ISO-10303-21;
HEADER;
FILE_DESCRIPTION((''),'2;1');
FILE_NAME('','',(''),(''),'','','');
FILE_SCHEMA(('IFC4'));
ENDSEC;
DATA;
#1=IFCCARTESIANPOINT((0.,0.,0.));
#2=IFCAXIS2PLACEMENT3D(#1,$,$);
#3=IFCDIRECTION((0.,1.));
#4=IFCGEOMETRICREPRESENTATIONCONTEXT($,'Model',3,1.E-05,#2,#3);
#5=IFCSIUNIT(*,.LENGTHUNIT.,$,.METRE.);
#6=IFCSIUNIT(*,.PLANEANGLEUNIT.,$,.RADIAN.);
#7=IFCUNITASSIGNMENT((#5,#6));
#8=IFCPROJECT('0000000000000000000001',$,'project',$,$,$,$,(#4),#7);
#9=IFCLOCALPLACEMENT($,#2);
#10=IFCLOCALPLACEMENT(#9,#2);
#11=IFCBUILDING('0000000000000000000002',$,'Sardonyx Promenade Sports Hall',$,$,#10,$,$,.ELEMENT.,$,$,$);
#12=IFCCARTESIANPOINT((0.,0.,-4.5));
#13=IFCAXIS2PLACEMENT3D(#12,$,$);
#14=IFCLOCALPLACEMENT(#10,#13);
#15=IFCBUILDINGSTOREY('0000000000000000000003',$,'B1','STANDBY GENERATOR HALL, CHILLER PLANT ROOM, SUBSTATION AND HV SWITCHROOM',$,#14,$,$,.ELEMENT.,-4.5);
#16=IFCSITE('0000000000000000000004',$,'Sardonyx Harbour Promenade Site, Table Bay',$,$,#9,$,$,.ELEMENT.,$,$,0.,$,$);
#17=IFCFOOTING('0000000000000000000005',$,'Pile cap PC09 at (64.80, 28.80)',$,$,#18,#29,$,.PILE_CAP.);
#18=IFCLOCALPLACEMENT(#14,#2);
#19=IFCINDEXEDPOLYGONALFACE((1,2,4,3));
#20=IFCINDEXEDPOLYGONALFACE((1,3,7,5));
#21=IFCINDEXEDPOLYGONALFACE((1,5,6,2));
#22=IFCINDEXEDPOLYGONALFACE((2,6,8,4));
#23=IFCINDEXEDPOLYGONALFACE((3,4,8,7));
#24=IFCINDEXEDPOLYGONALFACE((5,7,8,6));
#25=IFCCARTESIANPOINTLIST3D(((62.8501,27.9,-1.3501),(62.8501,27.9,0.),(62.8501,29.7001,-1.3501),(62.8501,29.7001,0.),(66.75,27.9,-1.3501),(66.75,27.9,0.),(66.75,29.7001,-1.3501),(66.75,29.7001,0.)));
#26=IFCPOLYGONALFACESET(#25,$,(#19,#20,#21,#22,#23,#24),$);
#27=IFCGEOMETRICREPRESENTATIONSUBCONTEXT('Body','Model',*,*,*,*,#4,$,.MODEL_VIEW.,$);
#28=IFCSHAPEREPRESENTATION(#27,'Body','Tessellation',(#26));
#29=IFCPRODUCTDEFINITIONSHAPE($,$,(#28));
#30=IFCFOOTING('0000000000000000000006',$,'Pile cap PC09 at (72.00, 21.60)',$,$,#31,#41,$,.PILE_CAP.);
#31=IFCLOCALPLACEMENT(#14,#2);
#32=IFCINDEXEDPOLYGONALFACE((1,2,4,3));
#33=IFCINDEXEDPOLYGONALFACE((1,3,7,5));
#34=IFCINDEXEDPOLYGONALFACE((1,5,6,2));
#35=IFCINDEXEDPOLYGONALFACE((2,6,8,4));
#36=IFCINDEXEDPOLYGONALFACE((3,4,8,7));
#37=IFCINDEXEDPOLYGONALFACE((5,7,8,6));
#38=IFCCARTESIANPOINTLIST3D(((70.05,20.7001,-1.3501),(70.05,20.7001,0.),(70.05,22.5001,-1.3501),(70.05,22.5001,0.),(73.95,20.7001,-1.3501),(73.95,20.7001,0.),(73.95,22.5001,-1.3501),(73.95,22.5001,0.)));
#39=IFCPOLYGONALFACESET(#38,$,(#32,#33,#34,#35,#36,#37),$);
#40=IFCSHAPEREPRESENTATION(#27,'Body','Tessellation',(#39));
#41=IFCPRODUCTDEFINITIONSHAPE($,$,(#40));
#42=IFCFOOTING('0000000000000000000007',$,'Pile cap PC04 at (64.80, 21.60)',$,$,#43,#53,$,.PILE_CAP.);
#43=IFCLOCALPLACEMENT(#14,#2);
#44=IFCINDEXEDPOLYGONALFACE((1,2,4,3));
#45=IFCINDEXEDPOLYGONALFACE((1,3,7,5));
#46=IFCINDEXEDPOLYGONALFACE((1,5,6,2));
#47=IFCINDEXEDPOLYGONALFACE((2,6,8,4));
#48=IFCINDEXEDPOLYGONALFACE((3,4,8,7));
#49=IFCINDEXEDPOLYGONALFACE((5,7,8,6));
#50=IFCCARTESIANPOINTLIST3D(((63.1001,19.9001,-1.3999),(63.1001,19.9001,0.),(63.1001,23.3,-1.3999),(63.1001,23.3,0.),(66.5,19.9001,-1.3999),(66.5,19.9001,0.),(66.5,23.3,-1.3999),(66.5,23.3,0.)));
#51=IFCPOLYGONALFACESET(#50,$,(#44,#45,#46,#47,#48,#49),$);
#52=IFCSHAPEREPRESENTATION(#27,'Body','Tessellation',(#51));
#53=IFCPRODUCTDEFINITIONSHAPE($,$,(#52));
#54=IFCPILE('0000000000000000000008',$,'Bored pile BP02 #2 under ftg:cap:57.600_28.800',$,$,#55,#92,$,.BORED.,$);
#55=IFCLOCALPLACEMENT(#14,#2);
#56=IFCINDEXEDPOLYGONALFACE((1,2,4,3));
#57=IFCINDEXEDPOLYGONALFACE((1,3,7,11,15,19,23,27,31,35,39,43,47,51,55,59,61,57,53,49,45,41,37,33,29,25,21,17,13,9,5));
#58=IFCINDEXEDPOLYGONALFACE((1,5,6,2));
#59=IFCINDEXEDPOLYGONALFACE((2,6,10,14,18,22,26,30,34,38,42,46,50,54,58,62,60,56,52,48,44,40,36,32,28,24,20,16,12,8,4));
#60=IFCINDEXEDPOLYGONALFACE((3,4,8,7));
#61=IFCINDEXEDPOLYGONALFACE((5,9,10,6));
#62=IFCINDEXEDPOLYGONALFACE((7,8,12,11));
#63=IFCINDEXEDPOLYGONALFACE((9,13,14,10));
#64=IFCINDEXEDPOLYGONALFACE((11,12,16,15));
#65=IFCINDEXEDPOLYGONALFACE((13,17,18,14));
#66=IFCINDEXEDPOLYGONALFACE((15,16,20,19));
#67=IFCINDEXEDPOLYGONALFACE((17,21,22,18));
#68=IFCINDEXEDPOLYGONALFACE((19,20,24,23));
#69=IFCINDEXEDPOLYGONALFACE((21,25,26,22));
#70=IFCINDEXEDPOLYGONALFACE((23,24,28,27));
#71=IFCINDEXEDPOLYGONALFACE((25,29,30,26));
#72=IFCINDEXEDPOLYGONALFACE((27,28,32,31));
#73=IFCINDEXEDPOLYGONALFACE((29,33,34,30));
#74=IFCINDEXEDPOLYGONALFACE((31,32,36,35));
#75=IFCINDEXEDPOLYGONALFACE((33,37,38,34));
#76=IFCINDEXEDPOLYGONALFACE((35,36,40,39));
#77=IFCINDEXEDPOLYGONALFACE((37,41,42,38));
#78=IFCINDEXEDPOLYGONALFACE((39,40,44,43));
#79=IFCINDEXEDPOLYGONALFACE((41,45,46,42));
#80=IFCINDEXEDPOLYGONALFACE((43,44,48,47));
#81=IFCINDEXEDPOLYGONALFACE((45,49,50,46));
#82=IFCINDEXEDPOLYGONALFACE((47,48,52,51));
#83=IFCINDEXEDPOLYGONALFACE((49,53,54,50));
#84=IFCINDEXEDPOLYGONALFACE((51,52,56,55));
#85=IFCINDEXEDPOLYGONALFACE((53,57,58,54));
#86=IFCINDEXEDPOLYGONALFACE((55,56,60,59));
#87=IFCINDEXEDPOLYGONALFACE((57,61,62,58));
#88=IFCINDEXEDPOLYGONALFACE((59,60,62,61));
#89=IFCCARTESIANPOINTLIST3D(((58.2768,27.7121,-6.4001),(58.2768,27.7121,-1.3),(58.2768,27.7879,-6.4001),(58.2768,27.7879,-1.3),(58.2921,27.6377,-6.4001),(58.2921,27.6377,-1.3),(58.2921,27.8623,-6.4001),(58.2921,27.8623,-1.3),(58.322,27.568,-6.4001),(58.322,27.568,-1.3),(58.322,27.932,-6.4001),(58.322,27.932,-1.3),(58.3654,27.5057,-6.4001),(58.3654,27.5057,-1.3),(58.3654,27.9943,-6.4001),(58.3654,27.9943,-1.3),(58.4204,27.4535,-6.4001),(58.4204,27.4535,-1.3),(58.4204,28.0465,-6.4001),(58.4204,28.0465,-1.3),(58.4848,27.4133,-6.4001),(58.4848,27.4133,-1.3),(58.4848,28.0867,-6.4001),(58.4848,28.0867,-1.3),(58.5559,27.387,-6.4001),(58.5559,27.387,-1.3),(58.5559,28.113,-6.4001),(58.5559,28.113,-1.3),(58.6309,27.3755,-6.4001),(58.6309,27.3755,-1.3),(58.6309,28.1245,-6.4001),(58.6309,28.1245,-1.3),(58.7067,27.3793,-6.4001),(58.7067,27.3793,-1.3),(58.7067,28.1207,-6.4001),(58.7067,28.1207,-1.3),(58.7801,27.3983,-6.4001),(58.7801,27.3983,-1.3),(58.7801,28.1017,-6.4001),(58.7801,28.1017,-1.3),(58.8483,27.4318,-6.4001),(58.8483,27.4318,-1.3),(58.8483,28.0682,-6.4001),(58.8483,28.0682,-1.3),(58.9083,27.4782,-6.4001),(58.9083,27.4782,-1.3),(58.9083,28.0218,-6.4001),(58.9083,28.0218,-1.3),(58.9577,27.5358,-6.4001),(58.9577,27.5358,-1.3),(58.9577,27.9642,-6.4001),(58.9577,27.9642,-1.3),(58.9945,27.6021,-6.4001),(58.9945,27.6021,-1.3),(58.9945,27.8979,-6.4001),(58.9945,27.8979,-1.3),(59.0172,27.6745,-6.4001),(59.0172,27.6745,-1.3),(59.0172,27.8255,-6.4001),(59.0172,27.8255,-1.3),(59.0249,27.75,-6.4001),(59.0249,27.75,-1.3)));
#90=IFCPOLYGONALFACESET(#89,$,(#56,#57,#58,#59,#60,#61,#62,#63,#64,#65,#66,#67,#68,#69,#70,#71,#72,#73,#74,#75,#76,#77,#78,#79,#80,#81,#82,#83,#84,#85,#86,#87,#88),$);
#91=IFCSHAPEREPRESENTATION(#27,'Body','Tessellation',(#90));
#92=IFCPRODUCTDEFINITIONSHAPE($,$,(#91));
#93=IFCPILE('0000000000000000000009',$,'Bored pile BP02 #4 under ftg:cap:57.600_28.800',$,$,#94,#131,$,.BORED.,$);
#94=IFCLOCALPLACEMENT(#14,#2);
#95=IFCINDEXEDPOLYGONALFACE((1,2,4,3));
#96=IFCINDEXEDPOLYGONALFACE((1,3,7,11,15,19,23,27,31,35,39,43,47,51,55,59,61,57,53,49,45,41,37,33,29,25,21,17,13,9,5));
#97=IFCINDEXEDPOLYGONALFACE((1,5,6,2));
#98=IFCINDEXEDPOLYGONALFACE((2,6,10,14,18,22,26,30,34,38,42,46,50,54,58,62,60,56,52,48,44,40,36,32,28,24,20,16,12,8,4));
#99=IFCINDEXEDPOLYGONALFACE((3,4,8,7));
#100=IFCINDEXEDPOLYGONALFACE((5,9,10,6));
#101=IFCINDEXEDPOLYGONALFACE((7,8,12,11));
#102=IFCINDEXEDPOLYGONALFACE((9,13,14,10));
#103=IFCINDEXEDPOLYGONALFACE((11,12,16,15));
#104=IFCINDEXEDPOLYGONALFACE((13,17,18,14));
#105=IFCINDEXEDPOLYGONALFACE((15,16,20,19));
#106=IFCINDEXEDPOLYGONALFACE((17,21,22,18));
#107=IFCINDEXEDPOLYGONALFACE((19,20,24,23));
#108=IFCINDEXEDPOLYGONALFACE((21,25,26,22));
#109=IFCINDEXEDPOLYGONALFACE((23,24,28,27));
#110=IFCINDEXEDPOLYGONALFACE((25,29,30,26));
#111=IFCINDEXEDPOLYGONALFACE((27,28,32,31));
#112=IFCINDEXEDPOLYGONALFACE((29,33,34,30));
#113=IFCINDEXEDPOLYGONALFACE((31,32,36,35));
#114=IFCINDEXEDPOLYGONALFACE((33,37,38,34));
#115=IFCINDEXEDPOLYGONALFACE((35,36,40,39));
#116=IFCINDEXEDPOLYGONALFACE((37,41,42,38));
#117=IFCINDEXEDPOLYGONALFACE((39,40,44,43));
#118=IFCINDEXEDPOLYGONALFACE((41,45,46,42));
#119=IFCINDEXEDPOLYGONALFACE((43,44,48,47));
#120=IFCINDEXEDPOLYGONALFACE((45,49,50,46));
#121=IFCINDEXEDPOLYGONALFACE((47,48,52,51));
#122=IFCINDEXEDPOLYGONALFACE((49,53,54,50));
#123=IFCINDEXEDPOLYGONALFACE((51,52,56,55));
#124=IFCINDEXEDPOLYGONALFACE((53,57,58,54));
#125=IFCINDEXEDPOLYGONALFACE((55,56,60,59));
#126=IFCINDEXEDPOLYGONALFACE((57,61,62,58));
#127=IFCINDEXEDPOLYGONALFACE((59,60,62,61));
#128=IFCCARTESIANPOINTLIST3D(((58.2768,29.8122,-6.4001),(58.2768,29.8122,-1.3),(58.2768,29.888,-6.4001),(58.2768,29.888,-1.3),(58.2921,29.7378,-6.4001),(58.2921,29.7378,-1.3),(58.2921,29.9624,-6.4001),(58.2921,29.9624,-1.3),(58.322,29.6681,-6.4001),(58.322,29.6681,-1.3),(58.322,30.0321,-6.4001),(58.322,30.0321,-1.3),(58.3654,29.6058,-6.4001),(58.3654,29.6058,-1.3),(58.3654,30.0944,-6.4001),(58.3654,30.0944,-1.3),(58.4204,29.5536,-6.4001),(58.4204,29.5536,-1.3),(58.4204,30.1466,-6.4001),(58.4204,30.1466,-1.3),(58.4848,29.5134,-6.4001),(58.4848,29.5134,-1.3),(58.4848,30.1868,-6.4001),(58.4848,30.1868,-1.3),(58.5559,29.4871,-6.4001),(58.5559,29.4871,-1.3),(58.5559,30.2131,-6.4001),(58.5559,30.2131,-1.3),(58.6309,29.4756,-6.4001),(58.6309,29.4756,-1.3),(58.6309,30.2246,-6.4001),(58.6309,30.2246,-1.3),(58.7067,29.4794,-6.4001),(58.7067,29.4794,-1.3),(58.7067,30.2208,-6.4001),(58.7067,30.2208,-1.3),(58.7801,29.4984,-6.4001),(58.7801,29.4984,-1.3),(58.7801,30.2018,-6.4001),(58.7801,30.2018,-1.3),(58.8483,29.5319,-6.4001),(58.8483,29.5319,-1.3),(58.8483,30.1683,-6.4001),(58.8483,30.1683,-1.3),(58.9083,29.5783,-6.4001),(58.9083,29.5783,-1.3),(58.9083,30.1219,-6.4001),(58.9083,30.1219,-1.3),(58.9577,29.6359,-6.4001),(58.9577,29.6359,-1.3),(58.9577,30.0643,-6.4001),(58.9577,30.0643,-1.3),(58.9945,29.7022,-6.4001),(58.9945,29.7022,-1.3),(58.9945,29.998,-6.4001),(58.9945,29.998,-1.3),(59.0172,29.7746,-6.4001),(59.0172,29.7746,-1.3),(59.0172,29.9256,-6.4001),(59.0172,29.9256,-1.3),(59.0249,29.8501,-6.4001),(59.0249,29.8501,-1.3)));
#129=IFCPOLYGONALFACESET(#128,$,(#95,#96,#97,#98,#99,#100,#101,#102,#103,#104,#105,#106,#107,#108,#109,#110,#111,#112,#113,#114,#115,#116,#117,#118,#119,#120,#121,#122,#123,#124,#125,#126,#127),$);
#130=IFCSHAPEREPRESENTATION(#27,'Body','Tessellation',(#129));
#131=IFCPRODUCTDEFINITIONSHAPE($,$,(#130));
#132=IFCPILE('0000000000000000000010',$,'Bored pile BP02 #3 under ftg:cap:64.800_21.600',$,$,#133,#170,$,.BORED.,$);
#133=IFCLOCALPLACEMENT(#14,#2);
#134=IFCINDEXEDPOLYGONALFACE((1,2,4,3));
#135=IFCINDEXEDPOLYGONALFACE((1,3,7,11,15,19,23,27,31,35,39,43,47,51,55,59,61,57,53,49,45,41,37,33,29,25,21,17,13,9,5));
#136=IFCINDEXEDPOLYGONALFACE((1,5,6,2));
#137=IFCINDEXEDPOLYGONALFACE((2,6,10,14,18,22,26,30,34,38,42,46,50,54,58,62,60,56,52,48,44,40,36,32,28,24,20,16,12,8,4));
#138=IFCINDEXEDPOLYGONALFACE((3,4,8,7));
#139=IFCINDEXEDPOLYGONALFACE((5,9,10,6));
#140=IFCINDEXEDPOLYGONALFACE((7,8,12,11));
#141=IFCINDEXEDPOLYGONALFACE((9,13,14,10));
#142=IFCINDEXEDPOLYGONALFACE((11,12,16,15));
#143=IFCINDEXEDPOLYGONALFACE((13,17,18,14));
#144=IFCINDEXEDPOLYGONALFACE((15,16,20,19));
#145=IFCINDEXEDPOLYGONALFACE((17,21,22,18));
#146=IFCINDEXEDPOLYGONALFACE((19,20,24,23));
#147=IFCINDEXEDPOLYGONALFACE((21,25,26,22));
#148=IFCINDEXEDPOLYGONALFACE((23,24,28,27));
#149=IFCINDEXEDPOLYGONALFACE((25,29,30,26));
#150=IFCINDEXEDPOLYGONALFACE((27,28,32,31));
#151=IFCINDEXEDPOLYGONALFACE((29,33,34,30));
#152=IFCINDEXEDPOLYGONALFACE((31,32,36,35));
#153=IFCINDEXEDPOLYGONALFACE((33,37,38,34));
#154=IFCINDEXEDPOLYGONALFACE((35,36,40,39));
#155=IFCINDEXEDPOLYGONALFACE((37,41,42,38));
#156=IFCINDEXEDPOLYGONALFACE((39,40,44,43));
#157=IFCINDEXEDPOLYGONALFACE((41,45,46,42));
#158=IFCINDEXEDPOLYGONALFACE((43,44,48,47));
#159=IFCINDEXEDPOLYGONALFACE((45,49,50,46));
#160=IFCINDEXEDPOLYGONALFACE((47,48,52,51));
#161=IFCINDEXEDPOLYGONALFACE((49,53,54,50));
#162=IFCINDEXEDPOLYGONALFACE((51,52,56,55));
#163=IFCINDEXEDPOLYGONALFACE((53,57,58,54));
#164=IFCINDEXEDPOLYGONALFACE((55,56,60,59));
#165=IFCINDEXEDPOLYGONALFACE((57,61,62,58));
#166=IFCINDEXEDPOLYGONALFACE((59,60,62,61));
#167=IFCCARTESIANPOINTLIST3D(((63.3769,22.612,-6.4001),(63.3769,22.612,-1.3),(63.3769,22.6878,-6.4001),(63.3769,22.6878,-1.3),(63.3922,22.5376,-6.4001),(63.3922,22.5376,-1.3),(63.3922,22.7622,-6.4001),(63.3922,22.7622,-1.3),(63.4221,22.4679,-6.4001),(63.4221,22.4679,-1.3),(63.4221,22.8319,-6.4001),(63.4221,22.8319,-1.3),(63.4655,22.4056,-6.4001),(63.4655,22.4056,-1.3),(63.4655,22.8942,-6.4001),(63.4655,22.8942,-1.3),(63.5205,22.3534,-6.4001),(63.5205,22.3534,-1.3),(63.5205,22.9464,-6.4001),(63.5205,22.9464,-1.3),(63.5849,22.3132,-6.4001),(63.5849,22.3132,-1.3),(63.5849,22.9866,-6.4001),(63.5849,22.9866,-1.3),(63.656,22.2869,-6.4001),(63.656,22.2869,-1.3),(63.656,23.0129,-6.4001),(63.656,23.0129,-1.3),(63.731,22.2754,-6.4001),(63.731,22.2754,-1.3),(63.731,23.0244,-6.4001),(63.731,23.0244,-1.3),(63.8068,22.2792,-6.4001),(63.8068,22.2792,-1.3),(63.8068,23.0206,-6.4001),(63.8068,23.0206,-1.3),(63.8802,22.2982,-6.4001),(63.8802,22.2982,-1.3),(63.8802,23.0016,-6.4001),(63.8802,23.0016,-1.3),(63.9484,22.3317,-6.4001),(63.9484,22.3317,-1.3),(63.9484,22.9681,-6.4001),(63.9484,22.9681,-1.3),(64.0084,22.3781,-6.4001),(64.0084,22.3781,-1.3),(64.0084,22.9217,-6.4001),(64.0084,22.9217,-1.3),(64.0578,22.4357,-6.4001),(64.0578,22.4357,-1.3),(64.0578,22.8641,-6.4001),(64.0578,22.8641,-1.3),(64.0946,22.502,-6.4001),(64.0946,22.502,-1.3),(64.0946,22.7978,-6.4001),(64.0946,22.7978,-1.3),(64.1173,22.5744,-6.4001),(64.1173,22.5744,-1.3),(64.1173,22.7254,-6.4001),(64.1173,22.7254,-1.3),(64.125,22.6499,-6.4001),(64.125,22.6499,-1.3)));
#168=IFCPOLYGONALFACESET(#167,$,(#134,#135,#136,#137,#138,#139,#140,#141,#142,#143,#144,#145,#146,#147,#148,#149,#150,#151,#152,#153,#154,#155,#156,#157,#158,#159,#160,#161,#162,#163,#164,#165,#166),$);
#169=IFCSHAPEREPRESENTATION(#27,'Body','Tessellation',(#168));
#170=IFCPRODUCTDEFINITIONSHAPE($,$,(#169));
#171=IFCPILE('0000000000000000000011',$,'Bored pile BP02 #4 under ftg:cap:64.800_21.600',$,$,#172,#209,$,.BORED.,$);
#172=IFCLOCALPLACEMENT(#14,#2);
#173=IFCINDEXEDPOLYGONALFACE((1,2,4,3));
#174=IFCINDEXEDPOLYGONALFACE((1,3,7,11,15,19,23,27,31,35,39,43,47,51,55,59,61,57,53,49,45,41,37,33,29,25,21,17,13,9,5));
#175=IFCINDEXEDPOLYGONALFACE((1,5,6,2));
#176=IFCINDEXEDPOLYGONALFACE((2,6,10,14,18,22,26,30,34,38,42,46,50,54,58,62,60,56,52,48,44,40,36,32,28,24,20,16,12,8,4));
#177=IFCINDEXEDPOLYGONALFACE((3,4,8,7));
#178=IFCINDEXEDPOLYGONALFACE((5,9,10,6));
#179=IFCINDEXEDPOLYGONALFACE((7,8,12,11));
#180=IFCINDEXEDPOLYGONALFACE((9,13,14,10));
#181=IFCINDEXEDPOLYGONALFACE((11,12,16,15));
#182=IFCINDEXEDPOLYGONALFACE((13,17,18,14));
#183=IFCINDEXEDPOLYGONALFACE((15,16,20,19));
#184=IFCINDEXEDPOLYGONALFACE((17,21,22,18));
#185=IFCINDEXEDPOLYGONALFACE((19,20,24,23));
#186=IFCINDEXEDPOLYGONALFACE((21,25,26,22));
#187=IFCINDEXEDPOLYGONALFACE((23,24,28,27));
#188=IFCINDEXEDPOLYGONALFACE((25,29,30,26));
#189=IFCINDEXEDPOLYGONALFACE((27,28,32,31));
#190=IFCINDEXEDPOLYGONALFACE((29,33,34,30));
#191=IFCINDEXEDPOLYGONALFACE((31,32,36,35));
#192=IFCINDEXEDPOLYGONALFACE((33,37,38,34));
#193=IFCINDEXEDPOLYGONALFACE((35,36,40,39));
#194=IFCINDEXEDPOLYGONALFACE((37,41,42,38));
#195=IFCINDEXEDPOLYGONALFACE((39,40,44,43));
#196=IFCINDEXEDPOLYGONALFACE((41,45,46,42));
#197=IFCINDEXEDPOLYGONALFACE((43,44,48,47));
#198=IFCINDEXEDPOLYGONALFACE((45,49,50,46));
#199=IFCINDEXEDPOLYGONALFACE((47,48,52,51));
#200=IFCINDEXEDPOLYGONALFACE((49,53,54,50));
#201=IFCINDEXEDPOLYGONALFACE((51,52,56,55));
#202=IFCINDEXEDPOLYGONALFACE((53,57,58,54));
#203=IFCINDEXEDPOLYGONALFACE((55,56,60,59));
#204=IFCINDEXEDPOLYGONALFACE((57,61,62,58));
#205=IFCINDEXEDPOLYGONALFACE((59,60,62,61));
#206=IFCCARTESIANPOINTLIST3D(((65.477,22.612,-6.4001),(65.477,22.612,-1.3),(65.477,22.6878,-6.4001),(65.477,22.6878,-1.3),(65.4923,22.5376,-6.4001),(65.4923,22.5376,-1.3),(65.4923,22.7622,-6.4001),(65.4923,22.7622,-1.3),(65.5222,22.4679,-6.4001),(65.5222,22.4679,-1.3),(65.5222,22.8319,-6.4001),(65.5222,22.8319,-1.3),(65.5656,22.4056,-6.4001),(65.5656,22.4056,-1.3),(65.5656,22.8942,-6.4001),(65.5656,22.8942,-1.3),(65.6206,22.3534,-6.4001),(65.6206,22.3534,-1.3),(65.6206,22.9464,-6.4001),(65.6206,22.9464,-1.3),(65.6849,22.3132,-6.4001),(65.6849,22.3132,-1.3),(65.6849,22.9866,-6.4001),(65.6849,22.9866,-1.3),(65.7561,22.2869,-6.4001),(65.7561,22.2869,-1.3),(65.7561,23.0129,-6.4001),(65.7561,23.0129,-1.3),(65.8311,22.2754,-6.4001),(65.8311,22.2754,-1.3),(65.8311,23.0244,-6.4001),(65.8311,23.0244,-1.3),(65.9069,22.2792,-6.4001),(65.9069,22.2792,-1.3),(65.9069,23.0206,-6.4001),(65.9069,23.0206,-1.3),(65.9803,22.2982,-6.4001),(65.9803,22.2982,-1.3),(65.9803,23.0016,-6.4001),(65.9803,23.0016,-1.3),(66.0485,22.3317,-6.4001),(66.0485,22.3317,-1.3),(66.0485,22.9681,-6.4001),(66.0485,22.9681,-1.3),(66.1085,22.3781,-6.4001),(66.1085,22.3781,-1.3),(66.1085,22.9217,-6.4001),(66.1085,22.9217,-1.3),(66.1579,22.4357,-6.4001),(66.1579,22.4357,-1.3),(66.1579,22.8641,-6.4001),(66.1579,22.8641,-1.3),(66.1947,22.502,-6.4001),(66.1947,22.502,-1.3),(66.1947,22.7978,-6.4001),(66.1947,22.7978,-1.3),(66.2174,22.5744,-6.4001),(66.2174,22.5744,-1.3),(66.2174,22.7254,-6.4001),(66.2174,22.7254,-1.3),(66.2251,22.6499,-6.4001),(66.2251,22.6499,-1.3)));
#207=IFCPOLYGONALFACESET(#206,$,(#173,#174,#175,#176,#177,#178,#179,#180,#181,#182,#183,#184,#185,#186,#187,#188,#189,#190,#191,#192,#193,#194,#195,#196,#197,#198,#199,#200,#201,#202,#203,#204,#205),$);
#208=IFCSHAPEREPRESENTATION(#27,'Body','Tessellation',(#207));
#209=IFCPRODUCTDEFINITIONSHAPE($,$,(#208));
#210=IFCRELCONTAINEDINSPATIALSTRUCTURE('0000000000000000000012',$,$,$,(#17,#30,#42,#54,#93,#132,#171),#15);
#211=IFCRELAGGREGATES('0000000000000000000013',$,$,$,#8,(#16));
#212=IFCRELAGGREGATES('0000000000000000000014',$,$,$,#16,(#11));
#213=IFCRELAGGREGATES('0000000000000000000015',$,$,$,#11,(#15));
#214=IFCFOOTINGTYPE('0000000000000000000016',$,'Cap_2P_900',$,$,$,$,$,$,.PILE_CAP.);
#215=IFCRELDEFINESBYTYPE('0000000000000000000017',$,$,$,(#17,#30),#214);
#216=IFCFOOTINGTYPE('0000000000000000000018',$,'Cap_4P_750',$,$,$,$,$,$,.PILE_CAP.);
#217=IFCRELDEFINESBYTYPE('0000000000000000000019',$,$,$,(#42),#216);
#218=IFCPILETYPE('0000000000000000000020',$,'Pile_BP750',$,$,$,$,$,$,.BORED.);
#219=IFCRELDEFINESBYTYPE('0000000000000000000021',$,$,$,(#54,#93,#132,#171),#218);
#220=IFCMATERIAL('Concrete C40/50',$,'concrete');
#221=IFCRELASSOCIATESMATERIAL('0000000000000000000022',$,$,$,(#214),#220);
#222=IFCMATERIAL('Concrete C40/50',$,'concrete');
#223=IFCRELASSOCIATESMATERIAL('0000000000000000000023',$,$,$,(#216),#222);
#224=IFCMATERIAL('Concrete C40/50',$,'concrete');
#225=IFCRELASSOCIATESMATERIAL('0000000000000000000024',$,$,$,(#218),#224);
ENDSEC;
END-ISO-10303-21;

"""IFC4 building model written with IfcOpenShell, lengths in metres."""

from ifc_helpers import new_model, si_unit, direction, frame, origin, origin_2d, place, context, subcontext, project, spatial, rectangle, circle, extrude, material, material_profile, profile_set, type_object, element, save


model = new_model("IFC4")

# Units and contexts
model_context = context("Model", 3, precision=1e-05, world=origin(), true_north=direction((0.0, 1.0)))
body_context = subcontext(model_context, "Body", "Model", "MODEL_VIEW")
ifc_project = project(units=[si_unit("LENGTHUNIT", "METRE"), si_unit("PLANEANGLEUNIT", "RADIAN")], contexts=[model_context])

# Site, building, storey
site_placement = place(None, origin())
site = spatial("IfcSite", under=ifc_project, at=site_placement, Name="Sardonyx Harbour Promenade Site, Table Bay", CompositionType="ELEMENT", RefElevation=0.0)
building_placement = place(site_placement, origin())
building = spatial("IfcBuilding", under=site, at=building_placement, Name="Sardonyx Promenade Sports Hall", CompositionType="ELEMENT")
storey_placement = place(building_placement, frame((0.0, 0.0, -4.5)))
storey = spatial("IfcBuildingStorey", under=building, at=storey_placement, Name="B1", Description="STANDBY GENERATOR HALL, CHILLER PLANT ROOM, SUBSTATION AND HV SWITCHROOM", CompositionType="ELEMENT", Elevation=-4.5)

# Footings
ifc_material_1 = material(Name="Concrete C40/50", Category="concrete")
footing_type_1 = type_object("IfcFootingType", Name="Cap_2P_900", PredefinedType="PILE_CAP", material=ifc_material_1)
for number, where, z_axis, x_axis, name in (
    (1, (64.8, 28.8, -1.3501), (0.0, 0.0, 1.0), (1.0, 0.0, 0.0), "Pile cap PC09 at (64.80, 28.80)"),
    (2, (72.0, 21.6001, -1.3501), (0.0, 0.0, 1.0), (1.0, 0.0, 0.0), "Pile cap PC09 at (72.00, 21.60)"),
):
    element("IfcFooting", number, at=place(storey_placement, frame(where, z_axis=z_axis, x_axis=x_axis)), inside=storey, type_object=footing_type_1, Name=name, PredefinedType="PILE_CAP", context=body_context, shape_type="SweptSolid", body=[
        extrude(rectangle(XDim=3.8999, YDim=1.8, at=origin_2d()), origin(), (0.0, 0.0, 1.0), 1.3501),
    ])
ifc_material_2 = material(Name="Concrete C40/50", Category="concrete")
footing_type_2 = type_object("IfcFootingType", Name="Cap_4P_750", PredefinedType="PILE_CAP", material=ifc_material_2)
footing_placement = place(storey_placement, frame((64.8, 21.6001, -1.3999), z_axis=(0.0, 0.0, 1.0), x_axis=(1.0, 0.0, 0.0)))
element("IfcFooting", 3, at=footing_placement, inside=storey, type_object=footing_type_2, Name="Pile cap PC04 at (64.80, 21.60)", PredefinedType="PILE_CAP", context=body_context, shape_type="SweptSolid", body=[
    extrude(rectangle(XDim=3.3999, YDim=3.3999, at=origin_2d()), origin(), (0.0, 0.0, 1.0), 1.3999),
])

# Piles
ifc_material_3 = material(Name="Concrete C40/50", Category="concrete")
ifc_material_profile_1 = material_profile(ifc_material_3, circle(Radius=0.375, at=origin_2d()))
ifc_profile_set_1 = profile_set([ifc_material_profile_1], Name="Concrete C40/50")
pile_type_1 = type_object("IfcPileType", Name="Pile_BP750", PredefinedType="BORED", material=ifc_profile_set_1)
for number, where, z_axis, x_axis, name in (
    (4, (58.6499, 27.75, -1.3), (0.0, 0.0, -1.0), (1.0, 0.0, 0.0), "Bored pile BP02 #2 under ftg:cap:57.600_28.800"),
    (5, (58.6499, 29.8501, -1.3), (0.0, 0.0, -1.0), (1.0, 0.0, 0.0), "Bored pile BP02 #4 under ftg:cap:57.600_28.800"),
    (6, (63.75, 22.6499, -1.3), (0.0, 0.0, -1.0), (1.0, 0.0, 0.0), "Bored pile BP02 #3 under ftg:cap:64.800_21.600"),
    (7, (65.8501, 22.6499, -1.3), (0.0, 0.0, -1.0), (1.0, 0.0, 0.0), "Bored pile BP02 #4 under ftg:cap:64.800_21.600"),
):
    element("IfcPile", number, at=place(storey_placement, frame(where, z_axis=z_axis, x_axis=x_axis)), inside=storey, type_object=pile_type_1, Name=name, PredefinedType="BORED", context=body_context, shape_type="SweptSolid", body=[
        extrude(circle(Radius=0.375, at=origin_2d()), origin(), (0.0, 0.0, 1.0), 5.1001),
    ])

save(model, "model.ifc")
